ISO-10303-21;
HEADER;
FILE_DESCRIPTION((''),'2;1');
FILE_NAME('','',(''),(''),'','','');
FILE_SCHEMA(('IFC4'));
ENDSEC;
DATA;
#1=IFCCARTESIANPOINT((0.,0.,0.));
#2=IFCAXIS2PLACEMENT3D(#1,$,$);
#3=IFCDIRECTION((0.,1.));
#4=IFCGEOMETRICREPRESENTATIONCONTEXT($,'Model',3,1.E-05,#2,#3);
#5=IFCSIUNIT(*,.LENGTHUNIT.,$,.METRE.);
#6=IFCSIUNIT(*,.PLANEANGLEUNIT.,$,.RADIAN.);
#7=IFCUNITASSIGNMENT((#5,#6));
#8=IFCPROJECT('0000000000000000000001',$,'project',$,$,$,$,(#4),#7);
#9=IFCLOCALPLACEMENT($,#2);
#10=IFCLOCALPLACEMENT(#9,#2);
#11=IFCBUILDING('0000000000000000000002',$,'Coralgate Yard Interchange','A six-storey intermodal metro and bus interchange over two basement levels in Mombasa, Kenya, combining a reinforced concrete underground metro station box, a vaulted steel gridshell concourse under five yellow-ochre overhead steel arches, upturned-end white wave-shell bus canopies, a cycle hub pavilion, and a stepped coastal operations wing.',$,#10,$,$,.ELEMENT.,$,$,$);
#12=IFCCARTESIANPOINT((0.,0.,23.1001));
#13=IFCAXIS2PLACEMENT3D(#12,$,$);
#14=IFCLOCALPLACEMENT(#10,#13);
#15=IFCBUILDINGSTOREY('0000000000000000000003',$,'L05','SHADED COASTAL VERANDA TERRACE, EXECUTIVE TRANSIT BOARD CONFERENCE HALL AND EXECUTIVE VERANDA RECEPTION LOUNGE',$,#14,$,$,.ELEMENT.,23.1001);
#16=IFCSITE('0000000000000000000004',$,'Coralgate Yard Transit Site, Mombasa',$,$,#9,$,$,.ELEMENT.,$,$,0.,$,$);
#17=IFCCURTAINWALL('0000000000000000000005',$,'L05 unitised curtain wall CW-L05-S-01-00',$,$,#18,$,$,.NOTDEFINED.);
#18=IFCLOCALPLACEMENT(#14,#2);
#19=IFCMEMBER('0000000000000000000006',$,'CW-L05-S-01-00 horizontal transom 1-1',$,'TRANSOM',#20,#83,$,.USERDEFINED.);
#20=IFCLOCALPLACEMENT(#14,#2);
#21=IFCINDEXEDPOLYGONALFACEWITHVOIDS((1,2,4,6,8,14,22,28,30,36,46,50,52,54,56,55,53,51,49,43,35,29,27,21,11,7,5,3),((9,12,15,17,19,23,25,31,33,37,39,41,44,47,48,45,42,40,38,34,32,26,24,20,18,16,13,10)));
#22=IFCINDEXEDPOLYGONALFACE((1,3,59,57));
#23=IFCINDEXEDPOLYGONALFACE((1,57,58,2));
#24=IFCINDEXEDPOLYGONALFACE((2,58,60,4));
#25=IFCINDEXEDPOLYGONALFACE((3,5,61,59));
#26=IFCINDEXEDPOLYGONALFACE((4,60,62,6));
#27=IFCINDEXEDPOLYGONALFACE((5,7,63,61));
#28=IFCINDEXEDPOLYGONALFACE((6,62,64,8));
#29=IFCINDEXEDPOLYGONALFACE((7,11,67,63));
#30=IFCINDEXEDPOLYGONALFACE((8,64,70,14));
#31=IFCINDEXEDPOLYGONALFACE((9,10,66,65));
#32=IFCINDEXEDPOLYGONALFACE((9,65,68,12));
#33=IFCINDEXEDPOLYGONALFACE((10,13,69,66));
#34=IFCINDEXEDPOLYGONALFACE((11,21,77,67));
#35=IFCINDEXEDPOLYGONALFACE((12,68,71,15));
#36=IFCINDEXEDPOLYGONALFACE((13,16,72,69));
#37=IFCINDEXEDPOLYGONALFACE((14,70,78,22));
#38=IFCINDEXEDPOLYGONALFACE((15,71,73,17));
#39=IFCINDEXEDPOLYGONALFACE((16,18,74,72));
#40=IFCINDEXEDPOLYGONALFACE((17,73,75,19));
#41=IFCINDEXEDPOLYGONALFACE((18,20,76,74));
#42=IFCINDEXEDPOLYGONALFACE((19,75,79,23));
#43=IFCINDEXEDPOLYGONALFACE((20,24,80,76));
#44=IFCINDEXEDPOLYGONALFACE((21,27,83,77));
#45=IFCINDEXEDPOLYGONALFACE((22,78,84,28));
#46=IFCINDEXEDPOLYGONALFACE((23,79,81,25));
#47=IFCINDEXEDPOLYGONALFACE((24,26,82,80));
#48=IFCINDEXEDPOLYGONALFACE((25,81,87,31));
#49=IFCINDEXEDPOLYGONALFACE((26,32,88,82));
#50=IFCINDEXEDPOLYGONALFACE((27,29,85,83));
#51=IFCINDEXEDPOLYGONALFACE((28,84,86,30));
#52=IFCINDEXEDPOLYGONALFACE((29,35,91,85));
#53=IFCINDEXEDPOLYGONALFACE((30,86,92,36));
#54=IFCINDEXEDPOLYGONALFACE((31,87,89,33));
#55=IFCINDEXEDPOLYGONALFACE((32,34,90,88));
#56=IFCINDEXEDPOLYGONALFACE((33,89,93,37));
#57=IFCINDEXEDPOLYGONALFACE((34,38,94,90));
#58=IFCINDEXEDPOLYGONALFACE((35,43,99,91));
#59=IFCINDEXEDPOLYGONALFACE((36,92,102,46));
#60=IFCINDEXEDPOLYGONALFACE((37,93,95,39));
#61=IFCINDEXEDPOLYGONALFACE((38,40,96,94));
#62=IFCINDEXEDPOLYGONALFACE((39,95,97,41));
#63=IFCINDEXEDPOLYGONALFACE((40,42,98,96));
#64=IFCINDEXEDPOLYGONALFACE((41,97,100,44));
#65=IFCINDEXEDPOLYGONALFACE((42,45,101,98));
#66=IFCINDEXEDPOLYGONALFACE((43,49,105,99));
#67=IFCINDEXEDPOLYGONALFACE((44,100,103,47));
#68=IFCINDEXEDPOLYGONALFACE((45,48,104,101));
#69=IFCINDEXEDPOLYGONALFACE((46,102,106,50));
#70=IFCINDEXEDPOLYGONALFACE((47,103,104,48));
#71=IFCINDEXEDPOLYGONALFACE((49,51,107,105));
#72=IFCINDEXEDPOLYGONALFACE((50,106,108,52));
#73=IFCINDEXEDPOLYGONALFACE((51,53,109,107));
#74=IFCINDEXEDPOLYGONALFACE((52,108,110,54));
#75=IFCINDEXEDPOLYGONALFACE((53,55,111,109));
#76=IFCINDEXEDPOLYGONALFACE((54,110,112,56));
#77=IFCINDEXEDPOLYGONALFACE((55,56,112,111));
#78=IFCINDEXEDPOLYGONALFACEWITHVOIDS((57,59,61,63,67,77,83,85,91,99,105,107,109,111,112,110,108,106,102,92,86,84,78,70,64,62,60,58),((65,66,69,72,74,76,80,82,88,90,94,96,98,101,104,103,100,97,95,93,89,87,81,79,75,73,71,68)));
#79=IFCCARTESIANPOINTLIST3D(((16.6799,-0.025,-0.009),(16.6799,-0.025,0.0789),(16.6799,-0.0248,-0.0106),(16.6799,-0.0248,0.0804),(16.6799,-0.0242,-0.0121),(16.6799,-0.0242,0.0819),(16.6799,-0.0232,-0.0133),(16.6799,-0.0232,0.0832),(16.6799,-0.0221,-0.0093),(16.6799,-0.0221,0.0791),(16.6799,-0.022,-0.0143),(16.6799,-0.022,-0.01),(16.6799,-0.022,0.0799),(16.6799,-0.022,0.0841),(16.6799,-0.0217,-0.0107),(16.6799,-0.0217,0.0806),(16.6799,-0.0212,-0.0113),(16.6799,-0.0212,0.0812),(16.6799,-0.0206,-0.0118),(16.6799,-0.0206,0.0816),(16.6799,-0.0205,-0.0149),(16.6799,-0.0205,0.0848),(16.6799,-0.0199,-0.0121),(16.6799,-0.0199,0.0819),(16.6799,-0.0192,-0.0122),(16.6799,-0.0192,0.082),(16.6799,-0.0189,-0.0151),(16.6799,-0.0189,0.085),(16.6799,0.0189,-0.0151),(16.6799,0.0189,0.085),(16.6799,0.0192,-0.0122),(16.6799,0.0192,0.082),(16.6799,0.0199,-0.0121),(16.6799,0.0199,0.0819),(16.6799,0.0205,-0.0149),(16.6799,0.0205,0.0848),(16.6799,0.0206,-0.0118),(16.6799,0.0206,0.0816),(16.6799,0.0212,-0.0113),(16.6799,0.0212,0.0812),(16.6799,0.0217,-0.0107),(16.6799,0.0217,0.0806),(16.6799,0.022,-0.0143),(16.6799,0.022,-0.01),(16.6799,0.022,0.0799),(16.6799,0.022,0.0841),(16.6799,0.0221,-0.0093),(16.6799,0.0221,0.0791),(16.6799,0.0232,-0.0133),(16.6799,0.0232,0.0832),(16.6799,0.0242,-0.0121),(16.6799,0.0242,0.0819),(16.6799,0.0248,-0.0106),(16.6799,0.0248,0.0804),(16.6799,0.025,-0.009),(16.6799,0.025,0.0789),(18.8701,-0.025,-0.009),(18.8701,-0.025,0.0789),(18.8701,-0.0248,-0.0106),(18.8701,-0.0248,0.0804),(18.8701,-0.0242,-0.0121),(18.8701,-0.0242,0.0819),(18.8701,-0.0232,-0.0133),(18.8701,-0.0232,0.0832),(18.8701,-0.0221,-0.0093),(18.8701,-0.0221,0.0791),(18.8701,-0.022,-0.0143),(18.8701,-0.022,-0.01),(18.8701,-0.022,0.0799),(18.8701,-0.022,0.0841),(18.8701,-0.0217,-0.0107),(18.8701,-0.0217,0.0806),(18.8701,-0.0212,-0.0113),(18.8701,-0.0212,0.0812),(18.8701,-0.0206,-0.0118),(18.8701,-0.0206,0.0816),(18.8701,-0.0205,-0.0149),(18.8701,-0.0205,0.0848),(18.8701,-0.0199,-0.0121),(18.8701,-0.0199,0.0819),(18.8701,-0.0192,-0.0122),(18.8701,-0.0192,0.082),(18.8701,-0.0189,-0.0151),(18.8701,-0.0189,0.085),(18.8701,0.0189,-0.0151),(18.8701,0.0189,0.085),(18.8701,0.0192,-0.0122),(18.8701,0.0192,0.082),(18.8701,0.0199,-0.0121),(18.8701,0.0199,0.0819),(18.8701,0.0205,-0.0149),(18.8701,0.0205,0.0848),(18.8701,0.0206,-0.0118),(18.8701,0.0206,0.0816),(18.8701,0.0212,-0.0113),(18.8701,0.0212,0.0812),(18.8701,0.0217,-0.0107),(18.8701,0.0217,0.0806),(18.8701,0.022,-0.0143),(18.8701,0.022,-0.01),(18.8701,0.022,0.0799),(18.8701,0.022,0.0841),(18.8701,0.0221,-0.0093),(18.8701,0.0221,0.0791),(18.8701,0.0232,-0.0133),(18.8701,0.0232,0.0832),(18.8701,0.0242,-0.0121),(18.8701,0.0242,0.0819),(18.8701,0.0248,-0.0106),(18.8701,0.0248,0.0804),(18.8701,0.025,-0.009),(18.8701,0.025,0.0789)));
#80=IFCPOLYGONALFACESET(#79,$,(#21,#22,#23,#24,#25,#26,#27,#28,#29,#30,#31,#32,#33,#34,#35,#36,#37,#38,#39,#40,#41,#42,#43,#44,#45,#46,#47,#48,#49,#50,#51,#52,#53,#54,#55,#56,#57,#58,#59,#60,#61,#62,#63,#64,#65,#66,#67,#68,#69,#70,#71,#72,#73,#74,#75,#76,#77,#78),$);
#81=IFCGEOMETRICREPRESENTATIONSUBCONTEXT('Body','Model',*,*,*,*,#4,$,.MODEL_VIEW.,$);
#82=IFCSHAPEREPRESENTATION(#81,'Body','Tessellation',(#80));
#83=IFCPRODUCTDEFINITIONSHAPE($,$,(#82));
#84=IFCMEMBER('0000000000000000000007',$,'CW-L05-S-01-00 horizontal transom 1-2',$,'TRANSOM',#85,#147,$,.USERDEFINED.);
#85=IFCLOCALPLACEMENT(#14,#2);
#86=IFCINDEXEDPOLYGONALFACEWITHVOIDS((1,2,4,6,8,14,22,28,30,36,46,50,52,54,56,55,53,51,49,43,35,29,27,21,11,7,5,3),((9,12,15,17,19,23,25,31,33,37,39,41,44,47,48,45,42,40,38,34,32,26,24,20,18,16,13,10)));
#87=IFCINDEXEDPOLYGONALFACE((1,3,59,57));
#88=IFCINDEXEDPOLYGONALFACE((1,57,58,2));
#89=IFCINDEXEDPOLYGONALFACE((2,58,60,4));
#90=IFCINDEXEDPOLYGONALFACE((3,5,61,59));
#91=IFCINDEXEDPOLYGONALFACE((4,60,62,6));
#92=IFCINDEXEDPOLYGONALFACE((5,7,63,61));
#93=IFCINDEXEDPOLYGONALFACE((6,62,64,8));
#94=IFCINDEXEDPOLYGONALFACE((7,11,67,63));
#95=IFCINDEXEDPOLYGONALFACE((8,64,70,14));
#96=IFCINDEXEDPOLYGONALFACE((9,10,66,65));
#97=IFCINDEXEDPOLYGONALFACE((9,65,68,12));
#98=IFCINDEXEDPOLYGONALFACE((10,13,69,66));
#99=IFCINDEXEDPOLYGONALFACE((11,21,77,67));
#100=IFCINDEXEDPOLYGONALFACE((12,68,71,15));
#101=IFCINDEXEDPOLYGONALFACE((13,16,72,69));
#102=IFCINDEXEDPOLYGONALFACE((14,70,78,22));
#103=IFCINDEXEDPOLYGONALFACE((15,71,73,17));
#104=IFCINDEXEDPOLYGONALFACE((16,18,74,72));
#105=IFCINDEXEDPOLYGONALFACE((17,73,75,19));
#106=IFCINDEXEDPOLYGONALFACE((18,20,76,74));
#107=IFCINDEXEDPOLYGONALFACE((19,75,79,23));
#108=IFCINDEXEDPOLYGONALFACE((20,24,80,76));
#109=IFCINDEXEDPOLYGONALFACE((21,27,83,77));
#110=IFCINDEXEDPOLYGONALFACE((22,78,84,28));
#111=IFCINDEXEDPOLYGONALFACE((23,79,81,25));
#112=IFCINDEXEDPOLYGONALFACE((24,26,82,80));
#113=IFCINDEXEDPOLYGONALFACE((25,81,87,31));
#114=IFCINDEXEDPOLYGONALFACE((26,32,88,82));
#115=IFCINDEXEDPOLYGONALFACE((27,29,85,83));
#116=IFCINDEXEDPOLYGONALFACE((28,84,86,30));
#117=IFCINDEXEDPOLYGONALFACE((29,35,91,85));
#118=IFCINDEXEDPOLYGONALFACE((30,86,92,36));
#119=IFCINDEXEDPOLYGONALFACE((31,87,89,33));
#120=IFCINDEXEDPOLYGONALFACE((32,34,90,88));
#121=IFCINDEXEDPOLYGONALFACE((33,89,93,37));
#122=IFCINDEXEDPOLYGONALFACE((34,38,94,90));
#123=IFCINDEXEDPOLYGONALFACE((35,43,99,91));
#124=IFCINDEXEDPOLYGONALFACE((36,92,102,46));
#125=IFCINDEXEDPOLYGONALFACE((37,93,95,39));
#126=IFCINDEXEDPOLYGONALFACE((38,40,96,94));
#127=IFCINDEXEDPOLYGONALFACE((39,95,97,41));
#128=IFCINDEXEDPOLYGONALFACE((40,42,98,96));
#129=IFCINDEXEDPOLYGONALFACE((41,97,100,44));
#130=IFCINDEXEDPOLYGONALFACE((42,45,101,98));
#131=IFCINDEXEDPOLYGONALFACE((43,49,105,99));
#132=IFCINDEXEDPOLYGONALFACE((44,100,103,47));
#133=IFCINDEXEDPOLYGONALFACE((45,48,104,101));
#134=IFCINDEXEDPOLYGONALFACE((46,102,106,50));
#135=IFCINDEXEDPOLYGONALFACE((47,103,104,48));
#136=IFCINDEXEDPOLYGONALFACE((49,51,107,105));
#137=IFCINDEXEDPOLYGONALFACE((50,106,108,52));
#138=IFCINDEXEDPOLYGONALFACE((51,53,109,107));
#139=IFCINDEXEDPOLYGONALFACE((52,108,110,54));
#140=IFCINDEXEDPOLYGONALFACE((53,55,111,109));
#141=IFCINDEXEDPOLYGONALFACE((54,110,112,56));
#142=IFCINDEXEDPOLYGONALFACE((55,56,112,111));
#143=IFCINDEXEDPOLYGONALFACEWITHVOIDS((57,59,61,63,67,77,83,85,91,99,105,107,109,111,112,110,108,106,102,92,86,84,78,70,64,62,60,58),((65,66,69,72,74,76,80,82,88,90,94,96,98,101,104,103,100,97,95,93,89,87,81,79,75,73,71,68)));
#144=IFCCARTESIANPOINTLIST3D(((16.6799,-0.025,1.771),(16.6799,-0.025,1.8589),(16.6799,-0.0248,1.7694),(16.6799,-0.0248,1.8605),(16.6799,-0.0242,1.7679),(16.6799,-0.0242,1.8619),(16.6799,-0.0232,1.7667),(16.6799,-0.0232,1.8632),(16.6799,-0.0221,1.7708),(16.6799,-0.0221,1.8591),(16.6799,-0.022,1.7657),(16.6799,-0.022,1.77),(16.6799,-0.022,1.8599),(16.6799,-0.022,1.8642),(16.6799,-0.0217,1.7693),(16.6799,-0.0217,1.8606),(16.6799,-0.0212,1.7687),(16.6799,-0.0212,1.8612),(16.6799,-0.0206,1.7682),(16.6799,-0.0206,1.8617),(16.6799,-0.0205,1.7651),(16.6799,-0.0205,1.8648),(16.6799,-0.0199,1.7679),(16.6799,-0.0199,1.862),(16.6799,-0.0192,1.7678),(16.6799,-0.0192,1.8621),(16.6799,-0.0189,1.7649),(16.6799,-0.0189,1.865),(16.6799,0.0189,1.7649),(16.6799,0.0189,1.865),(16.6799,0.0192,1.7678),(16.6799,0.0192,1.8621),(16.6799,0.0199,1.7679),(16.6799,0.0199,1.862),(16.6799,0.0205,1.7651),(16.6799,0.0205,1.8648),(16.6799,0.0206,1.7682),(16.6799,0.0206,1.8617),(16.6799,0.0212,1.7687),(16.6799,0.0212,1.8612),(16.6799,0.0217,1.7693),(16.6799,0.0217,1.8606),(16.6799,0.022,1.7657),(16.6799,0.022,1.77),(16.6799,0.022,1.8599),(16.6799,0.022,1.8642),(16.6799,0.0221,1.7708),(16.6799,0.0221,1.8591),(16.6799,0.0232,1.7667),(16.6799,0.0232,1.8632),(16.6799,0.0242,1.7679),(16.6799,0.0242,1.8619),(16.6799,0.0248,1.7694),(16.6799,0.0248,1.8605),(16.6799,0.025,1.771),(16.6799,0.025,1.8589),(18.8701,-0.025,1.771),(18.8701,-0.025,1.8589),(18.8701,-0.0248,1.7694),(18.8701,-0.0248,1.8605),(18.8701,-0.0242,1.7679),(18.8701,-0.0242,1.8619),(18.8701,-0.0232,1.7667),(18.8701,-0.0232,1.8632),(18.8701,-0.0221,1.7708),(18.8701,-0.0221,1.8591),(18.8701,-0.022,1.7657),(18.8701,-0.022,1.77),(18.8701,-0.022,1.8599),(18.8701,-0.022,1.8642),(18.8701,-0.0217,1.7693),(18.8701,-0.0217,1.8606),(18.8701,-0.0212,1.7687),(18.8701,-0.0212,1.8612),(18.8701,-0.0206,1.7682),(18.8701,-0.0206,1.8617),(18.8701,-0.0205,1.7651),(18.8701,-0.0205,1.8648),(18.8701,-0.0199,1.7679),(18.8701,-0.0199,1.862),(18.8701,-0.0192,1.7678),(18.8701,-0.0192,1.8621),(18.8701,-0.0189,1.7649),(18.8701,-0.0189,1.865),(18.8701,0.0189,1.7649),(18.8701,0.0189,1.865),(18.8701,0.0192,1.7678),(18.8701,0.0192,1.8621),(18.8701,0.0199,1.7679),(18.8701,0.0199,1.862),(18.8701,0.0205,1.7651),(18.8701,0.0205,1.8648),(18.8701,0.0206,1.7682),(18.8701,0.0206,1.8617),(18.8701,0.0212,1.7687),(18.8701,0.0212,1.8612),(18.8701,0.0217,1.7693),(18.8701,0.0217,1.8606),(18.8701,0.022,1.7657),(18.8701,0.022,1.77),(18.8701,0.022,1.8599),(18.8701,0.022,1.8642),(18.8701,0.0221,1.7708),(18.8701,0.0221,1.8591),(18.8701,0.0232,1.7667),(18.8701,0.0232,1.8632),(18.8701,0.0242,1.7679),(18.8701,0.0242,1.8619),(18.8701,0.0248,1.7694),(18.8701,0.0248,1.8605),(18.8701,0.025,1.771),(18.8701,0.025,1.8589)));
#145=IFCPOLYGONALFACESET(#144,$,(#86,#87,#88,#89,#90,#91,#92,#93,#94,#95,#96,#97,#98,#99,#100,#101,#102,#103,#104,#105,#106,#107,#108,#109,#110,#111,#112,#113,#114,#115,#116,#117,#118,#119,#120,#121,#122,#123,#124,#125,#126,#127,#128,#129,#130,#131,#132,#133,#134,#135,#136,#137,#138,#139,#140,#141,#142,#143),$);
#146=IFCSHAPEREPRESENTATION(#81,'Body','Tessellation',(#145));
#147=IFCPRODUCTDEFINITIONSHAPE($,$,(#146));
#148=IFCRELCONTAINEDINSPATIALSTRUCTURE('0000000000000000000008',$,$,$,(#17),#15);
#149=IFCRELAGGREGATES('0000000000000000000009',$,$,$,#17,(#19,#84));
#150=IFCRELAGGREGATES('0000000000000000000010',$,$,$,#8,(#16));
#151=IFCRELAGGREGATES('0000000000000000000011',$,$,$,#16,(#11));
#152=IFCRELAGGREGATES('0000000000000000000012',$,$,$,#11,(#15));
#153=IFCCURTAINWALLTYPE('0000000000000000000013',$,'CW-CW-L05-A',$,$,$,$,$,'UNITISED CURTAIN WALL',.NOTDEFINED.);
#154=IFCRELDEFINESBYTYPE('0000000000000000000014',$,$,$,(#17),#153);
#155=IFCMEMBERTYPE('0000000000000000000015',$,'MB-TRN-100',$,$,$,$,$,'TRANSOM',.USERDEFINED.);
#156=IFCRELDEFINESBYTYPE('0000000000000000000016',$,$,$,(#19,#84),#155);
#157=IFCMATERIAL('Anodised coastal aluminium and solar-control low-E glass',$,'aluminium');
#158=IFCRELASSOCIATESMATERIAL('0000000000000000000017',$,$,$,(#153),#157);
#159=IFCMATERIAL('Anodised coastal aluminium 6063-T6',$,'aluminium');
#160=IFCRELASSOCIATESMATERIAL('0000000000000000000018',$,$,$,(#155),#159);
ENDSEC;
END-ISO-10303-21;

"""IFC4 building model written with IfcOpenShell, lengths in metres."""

from ifc_helpers import new_model, si_unit, direction, frame, origin, origin_2d, place, context, subcontext, project, spatial, hollow_rectangle, extrude, material, material_profile, profile_set, type_object, element, aggregate, save


model = new_model("IFC4")

# Units and contexts
model_context = context("Model", 3, precision=1e-05, world=origin(), true_north=direction((0.0, 1.0)))
body_context = subcontext(model_context, "Body", "Model", "MODEL_VIEW")
ifc_project = project(units=[si_unit("LENGTHUNIT", "METRE"), si_unit("PLANEANGLEUNIT", "RADIAN")], contexts=[model_context])

# Site, building, storey
site_placement = place(None, origin())
site = spatial("IfcSite", under=ifc_project, at=site_placement, Name="Coralgate Yard Transit Site, Mombasa", CompositionType="ELEMENT", RefElevation=0.0)
building_placement = place(site_placement, origin())
building = spatial("IfcBuilding", under=site, at=building_placement, Name="Coralgate Yard Interchange", Description="A six-storey intermodal metro and bus interchange over two basement levels in Mombasa, Kenya, combining a reinforced concrete underground metro station box, a vaulted steel gridshell concourse under five yellow-ochre overhead steel arches, upturned-end white wave-shell bus canopies, a cycle hub pavilion, and a stepped coastal operations wing.", CompositionType="ELEMENT")
storey_placement = place(building_placement, frame((0.0, 0.0, 23.1001)))
storey = spatial("IfcBuildingStorey", under=building, at=storey_placement, Name="L05", Description="SHADED COASTAL VERANDA TERRACE, EXECUTIVE TRANSIT BOARD CONFERENCE HALL AND EXECUTIVE VERANDA RECEPTION LOUNGE", CompositionType="ELEMENT", Elevation=23.1001)

# Curtain wall, members
ifc_material_1 = material(Name="Anodised coastal aluminium and solar-control low-E glass", Category="aluminium")
curtain_wall_type = type_object("IfcCurtainWallType", Name="CW-CW-L05-A", ElementType="UNITISED CURTAIN WALL", PredefinedType="NOTDEFINED", material=ifc_material_1)
curtain_wall_placement = place(storey_placement, origin())
curtain_wall = element("IfcCurtainWall", 1, at=curtain_wall_placement, inside=storey, type_object=curtain_wall_type, Name="L05 unitised curtain wall CW-L05-S-01-00", PredefinedType="NOTDEFINED")
ifc_material_2 = material(Name="Anodised coastal aluminium 6063-T6", Category="aluminium")
ifc_material_profile_1 = material_profile(ifc_material_2, hollow_rectangle(XDim=0.05, YDim=0.1001, WallThickness=0.0029, InnerFilletRadius=0.0029, OuterFilletRadius=0.0061, at=origin_2d()), Name="ALU 50x100x3")
ifc_profile_set_1 = profile_set([ifc_material_profile_1], Name="Anodised coastal aluminium 6063-T6")
member_type_1 = type_object("IfcMemberType", Name="MB-TRN-100", ElementType="TRANSOM", PredefinedType="USERDEFINED", material=ifc_profile_set_1)
member_1_placement = place(storey_placement, frame((18.8701, 0.0, 0.0349), z_axis=(-1.0, 0.0, 0.0), x_axis=(0.0, -1.0, 0.0)))
member_1 = element("IfcMember", 2, at=member_1_placement, type_object=member_type_1, Name="CW-L05-S-01-00 horizontal transom 1-1", ObjectType="TRANSOM", PredefinedType="USERDEFINED", context=body_context, shape_type="SweptSolid", body=[
    extrude(hollow_rectangle(XDim=0.05, YDim=0.1001, WallThickness=0.0029, InnerFilletRadius=0.0029, OuterFilletRadius=0.0061, at=origin_2d()), origin(), (0.0, 0.0, 1.0), 2.1902),
])
member_2_placement = place(storey_placement, frame((18.8701, 0.0, 1.8149), z_axis=(-1.0, 0.0, 0.0), x_axis=(0.0, -1.0, 0.0)))
member_2 = element("IfcMember", 3, at=member_2_placement, type_object=member_type_1, Name="CW-L05-S-01-00 horizontal transom 1-2", ObjectType="TRANSOM", PredefinedType="USERDEFINED", context=body_context, shape_type="SweptSolid", body=[
    extrude(hollow_rectangle(XDim=0.05, YDim=0.1001, WallThickness=0.0029, InnerFilletRadius=0.0029, OuterFilletRadius=0.0061, at=origin_2d()), origin(), (0.0, 0.0, 1.0), 2.1902),
])
aggregate(curtain_wall, [member_1, member_2])

save(model, "model.ifc")
